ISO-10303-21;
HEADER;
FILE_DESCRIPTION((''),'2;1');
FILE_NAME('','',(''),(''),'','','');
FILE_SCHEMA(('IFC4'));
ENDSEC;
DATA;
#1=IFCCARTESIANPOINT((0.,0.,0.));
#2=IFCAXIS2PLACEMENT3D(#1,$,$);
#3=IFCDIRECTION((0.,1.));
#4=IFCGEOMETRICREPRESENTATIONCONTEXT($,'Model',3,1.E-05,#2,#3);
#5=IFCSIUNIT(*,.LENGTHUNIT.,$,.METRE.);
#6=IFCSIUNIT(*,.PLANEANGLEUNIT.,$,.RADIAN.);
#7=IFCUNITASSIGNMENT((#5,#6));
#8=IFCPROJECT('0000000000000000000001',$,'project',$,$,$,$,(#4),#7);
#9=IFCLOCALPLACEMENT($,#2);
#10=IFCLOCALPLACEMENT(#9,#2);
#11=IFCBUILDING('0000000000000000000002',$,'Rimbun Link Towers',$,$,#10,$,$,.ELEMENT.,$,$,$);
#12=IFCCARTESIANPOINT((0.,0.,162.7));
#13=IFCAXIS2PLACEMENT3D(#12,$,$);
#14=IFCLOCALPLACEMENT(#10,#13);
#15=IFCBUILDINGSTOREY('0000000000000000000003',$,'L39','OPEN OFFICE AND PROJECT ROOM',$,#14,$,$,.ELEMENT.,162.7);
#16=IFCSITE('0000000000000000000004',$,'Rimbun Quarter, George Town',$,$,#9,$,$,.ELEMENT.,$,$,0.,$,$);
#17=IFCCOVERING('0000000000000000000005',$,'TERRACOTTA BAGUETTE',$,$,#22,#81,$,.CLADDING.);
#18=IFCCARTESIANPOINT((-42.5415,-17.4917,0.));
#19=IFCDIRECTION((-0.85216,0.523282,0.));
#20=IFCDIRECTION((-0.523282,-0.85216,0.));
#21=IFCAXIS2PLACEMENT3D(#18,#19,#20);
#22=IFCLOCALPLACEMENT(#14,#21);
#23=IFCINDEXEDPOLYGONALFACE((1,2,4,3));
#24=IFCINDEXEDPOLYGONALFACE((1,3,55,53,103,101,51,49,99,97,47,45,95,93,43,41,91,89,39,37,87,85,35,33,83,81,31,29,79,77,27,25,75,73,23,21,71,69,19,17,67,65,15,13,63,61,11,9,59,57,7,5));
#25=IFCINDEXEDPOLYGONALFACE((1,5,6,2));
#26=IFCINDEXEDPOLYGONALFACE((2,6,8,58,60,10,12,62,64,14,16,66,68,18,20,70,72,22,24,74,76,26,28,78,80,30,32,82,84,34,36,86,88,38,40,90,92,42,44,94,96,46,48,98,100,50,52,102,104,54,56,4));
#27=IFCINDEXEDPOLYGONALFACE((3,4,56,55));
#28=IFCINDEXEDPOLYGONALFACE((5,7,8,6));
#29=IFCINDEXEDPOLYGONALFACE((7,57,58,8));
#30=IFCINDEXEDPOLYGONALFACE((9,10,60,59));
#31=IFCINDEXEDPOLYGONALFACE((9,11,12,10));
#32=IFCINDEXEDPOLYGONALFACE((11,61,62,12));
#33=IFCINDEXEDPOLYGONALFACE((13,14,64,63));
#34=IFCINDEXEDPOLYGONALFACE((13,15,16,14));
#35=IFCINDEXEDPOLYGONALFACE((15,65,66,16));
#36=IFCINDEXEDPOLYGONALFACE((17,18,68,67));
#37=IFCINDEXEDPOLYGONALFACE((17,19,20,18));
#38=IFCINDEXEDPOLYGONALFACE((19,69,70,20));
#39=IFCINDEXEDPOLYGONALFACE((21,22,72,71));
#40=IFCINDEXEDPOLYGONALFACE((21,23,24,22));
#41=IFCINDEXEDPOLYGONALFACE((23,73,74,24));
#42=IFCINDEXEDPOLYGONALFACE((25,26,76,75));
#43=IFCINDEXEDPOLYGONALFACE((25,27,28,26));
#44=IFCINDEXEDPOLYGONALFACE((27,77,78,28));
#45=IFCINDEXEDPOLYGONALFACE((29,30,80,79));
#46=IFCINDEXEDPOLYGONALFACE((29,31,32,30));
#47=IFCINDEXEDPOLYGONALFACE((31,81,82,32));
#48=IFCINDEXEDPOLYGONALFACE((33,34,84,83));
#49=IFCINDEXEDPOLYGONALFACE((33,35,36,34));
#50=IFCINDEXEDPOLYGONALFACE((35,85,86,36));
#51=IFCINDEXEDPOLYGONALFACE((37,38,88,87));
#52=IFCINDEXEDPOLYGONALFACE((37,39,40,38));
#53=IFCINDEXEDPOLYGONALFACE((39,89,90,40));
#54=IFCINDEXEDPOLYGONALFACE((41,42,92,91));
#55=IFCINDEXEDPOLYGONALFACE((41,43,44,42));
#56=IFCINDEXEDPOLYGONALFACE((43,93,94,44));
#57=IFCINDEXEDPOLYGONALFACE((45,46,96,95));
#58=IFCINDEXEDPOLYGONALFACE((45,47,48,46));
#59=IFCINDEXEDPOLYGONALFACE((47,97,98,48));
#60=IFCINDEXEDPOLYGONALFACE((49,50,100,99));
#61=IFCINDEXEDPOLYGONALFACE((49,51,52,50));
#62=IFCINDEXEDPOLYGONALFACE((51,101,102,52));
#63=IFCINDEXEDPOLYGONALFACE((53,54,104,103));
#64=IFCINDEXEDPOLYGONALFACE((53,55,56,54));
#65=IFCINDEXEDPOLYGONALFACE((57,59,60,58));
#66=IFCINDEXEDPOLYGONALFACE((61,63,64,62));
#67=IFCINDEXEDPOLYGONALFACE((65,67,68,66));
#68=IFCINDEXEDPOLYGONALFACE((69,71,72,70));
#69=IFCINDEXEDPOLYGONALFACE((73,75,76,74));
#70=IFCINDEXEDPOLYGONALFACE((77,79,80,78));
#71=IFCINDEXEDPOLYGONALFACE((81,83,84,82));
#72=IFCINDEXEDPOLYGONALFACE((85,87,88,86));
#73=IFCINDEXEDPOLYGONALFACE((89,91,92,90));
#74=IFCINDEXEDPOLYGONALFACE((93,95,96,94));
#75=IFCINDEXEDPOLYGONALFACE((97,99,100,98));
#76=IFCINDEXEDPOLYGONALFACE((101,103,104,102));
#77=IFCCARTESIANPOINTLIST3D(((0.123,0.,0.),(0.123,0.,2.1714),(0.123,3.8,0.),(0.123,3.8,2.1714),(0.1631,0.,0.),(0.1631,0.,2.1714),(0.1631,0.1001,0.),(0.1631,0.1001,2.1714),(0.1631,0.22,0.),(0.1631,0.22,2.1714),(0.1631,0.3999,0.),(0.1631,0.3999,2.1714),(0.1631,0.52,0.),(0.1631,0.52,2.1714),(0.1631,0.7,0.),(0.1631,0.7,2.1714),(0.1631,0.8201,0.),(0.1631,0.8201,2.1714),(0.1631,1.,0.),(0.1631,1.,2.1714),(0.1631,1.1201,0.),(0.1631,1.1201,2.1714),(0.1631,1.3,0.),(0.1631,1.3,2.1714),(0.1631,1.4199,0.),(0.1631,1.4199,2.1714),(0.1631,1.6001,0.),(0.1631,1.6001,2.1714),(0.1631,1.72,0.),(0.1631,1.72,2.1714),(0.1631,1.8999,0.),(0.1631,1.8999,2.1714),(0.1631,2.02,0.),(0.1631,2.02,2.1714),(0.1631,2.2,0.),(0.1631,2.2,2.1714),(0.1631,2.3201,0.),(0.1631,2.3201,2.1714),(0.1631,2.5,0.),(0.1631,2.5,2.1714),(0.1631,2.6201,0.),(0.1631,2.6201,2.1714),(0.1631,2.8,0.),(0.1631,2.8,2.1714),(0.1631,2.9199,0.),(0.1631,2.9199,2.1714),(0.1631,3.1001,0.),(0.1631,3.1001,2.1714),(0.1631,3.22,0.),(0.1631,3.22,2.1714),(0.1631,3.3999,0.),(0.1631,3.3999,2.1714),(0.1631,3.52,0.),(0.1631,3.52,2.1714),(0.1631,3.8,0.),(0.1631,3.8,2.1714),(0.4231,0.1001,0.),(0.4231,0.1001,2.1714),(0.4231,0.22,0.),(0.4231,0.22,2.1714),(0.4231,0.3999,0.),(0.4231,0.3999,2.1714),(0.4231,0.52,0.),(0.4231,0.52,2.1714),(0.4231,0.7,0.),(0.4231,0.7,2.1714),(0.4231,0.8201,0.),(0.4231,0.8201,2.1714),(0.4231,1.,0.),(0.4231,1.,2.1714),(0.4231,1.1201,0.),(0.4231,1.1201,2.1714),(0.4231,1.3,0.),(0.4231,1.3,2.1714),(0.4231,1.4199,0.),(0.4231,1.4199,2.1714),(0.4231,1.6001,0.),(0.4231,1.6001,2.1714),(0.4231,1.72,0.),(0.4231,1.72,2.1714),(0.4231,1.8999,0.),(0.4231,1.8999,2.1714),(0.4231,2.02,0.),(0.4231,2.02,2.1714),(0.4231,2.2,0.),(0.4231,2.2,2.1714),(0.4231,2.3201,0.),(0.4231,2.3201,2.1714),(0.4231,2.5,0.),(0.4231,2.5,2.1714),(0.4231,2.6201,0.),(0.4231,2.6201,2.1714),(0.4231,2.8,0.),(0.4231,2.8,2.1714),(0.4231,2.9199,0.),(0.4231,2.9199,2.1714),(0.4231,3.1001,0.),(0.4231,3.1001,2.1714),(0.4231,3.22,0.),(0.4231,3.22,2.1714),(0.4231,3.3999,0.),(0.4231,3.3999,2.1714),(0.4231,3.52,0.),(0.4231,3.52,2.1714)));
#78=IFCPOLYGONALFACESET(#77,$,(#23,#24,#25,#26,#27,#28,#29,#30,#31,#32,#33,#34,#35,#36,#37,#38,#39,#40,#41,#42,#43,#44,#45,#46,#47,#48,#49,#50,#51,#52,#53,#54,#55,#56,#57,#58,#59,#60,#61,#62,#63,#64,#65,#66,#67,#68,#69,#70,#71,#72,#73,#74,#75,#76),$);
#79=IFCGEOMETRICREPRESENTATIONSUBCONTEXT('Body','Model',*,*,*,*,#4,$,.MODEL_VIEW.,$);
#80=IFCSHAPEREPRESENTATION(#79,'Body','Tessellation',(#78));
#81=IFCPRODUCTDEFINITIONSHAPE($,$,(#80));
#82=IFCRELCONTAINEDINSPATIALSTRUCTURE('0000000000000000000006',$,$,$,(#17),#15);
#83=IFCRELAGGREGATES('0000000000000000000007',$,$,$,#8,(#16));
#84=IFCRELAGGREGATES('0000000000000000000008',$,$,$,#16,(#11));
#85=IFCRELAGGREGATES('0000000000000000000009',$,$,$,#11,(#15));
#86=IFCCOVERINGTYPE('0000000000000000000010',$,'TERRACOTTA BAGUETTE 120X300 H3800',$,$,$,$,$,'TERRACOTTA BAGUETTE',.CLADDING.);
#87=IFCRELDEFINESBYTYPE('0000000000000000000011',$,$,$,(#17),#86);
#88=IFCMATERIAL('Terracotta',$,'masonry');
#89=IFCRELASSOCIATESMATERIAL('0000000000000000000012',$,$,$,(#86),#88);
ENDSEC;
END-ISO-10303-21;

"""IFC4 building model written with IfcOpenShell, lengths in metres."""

from ifc_helpers import new_model, si_unit, direction, frame, origin, place, context, subcontext, project, spatial, polyline, outline, extrude, material, material_profile, profile_set, type_object, element, save


model = new_model("IFC4")

# Units and contexts
model_context = context("Model", 3, precision=1e-05, world=origin(), true_north=direction((0.0, 1.0)))
body_context = subcontext(model_context, "Body", "Model", "MODEL_VIEW")
ifc_project = project(units=[si_unit("LENGTHUNIT", "METRE"), si_unit("PLANEANGLEUNIT", "RADIAN")], contexts=[model_context])

# Site, building, storey
site_placement = place(None, origin())
site = spatial("IfcSite", under=ifc_project, at=site_placement, Name="Rimbun Quarter, George Town", CompositionType="ELEMENT", RefElevation=0.0)
building_placement = place(site_placement, origin())
building = spatial("IfcBuilding", under=site, at=building_placement, Name="Rimbun Link Towers", CompositionType="ELEMENT")
storey_placement = place(building_placement, frame((0.0, 0.0, 162.7)))
storey = spatial("IfcBuildingStorey", under=building, at=storey_placement, Name="L39", Description="OPEN OFFICE AND PROJECT ROOM", CompositionType="ELEMENT", Elevation=162.7)

# Covering
ifc_material_1 = material(Name="Terracotta", Category="masonry")
ifc_material_profile_1 = material_profile(ifc_material_1, outline(polyline([(0.123, 0.0), (0.1631, 0.0), (0.1631, 0.1001), (0.4231, 0.1001), (0.4231, 0.22), (0.1631, 0.22), (0.1631, 0.3999), (0.4231, 0.3999), (0.4231, 0.52), (0.1631, 0.52), (0.1631, 0.7), (0.4231, 0.7), (0.4231, 0.8201), (0.1631, 0.8201), (0.1631, 1.0), (0.4231, 1.0), (0.4231, 1.1201), (0.1631, 1.1201), (0.1631, 1.3), (0.4231, 1.3), (0.4231, 1.4199), (0.1631, 1.4199), (0.1631, 1.6001), (0.4231, 1.6001), (0.4231, 1.72), (0.1631, 1.72), (0.1631, 1.8999), (0.4231, 1.8999), (0.4231, 2.02), (0.1631, 2.02), (0.1631, 2.2), (0.4231, 2.2), (0.4231, 2.3201), (0.1631, 2.3201), (0.1631, 2.5), (0.4231, 2.5), (0.4231, 2.6201), (0.1631, 2.6201), (0.1631, 2.8), (0.4231, 2.8), (0.4231, 2.9199), (0.1631, 2.9199), (0.1631, 3.1001), (0.4231, 3.1001), (0.4231, 3.22), (0.1631, 3.22), (0.1631, 3.3999), (0.4231, 3.3999), (0.4231, 3.52), (0.1631, 3.52), (0.1631, 3.8), (0.123, 3.8), (0.123, 0.0)])), Name="BAGUETTE 120X300")
ifc_profile_set_1 = profile_set([ifc_material_profile_1], Name="Terracotta")
covering_type = type_object("IfcCoveringType", Name="TERRACOTTA BAGUETTE 120X300 H3800", ElementType="TERRACOTTA BAGUETTE", PredefinedType="CLADDING", material=ifc_profile_set_1)
covering_1_placement = place(storey_placement, frame((-42.5415, -17.4917, 0.0), z_axis=(-0.85216, 0.523282, 0.0), x_axis=(-0.523282, -0.85216, 0.0)))
element("IfcCovering", 1, at=covering_1_placement, inside=storey, type_object=covering_type, Name="TERRACOTTA BAGUETTE", PredefinedType="CLADDING", context=body_context, shape_type="SweptSolid", body=[
    extrude(outline(polyline([(0.123, 0.0), (0.1631, 0.0), (0.1631, 0.1001), (0.4231, 0.1001), (0.4231, 0.22), (0.1631, 0.22), (0.1631, 0.3999), (0.4231, 0.3999), (0.4231, 0.52), (0.1631, 0.52), (0.1631, 0.7), (0.4231, 0.7), (0.4231, 0.8201), (0.1631, 0.8201), (0.1631, 1.0), (0.4231, 1.0), (0.4231, 1.1201), (0.1631, 1.1201), (0.1631, 1.3), (0.4231, 1.3), (0.4231, 1.4199), (0.1631, 1.4199), (0.1631, 1.6001), (0.4231, 1.6001), (0.4231, 1.72), (0.1631, 1.72), (0.1631, 1.8999), (0.4231, 1.8999), (0.4231, 2.02), (0.1631, 2.02), (0.1631, 2.2), (0.4231, 2.2), (0.4231, 2.3201), (0.1631, 2.3201), (0.1631, 2.5), (0.4231, 2.5), (0.4231, 2.6201), (0.1631, 2.6201), (0.1631, 2.8), (0.4231, 2.8), (0.4231, 2.9199), (0.1631, 2.9199), (0.1631, 3.1001), (0.4231, 3.1001), (0.4231, 3.22), (0.1631, 3.22), (0.1631, 3.3999), (0.4231, 3.3999), (0.4231, 3.52), (0.1631, 3.52), (0.1631, 3.8), (0.123, 3.8), (0.123, 0.0)])), origin(), (0.0, 0.0, 1.0), 2.1714),
])

save(model, "model.ifc")
